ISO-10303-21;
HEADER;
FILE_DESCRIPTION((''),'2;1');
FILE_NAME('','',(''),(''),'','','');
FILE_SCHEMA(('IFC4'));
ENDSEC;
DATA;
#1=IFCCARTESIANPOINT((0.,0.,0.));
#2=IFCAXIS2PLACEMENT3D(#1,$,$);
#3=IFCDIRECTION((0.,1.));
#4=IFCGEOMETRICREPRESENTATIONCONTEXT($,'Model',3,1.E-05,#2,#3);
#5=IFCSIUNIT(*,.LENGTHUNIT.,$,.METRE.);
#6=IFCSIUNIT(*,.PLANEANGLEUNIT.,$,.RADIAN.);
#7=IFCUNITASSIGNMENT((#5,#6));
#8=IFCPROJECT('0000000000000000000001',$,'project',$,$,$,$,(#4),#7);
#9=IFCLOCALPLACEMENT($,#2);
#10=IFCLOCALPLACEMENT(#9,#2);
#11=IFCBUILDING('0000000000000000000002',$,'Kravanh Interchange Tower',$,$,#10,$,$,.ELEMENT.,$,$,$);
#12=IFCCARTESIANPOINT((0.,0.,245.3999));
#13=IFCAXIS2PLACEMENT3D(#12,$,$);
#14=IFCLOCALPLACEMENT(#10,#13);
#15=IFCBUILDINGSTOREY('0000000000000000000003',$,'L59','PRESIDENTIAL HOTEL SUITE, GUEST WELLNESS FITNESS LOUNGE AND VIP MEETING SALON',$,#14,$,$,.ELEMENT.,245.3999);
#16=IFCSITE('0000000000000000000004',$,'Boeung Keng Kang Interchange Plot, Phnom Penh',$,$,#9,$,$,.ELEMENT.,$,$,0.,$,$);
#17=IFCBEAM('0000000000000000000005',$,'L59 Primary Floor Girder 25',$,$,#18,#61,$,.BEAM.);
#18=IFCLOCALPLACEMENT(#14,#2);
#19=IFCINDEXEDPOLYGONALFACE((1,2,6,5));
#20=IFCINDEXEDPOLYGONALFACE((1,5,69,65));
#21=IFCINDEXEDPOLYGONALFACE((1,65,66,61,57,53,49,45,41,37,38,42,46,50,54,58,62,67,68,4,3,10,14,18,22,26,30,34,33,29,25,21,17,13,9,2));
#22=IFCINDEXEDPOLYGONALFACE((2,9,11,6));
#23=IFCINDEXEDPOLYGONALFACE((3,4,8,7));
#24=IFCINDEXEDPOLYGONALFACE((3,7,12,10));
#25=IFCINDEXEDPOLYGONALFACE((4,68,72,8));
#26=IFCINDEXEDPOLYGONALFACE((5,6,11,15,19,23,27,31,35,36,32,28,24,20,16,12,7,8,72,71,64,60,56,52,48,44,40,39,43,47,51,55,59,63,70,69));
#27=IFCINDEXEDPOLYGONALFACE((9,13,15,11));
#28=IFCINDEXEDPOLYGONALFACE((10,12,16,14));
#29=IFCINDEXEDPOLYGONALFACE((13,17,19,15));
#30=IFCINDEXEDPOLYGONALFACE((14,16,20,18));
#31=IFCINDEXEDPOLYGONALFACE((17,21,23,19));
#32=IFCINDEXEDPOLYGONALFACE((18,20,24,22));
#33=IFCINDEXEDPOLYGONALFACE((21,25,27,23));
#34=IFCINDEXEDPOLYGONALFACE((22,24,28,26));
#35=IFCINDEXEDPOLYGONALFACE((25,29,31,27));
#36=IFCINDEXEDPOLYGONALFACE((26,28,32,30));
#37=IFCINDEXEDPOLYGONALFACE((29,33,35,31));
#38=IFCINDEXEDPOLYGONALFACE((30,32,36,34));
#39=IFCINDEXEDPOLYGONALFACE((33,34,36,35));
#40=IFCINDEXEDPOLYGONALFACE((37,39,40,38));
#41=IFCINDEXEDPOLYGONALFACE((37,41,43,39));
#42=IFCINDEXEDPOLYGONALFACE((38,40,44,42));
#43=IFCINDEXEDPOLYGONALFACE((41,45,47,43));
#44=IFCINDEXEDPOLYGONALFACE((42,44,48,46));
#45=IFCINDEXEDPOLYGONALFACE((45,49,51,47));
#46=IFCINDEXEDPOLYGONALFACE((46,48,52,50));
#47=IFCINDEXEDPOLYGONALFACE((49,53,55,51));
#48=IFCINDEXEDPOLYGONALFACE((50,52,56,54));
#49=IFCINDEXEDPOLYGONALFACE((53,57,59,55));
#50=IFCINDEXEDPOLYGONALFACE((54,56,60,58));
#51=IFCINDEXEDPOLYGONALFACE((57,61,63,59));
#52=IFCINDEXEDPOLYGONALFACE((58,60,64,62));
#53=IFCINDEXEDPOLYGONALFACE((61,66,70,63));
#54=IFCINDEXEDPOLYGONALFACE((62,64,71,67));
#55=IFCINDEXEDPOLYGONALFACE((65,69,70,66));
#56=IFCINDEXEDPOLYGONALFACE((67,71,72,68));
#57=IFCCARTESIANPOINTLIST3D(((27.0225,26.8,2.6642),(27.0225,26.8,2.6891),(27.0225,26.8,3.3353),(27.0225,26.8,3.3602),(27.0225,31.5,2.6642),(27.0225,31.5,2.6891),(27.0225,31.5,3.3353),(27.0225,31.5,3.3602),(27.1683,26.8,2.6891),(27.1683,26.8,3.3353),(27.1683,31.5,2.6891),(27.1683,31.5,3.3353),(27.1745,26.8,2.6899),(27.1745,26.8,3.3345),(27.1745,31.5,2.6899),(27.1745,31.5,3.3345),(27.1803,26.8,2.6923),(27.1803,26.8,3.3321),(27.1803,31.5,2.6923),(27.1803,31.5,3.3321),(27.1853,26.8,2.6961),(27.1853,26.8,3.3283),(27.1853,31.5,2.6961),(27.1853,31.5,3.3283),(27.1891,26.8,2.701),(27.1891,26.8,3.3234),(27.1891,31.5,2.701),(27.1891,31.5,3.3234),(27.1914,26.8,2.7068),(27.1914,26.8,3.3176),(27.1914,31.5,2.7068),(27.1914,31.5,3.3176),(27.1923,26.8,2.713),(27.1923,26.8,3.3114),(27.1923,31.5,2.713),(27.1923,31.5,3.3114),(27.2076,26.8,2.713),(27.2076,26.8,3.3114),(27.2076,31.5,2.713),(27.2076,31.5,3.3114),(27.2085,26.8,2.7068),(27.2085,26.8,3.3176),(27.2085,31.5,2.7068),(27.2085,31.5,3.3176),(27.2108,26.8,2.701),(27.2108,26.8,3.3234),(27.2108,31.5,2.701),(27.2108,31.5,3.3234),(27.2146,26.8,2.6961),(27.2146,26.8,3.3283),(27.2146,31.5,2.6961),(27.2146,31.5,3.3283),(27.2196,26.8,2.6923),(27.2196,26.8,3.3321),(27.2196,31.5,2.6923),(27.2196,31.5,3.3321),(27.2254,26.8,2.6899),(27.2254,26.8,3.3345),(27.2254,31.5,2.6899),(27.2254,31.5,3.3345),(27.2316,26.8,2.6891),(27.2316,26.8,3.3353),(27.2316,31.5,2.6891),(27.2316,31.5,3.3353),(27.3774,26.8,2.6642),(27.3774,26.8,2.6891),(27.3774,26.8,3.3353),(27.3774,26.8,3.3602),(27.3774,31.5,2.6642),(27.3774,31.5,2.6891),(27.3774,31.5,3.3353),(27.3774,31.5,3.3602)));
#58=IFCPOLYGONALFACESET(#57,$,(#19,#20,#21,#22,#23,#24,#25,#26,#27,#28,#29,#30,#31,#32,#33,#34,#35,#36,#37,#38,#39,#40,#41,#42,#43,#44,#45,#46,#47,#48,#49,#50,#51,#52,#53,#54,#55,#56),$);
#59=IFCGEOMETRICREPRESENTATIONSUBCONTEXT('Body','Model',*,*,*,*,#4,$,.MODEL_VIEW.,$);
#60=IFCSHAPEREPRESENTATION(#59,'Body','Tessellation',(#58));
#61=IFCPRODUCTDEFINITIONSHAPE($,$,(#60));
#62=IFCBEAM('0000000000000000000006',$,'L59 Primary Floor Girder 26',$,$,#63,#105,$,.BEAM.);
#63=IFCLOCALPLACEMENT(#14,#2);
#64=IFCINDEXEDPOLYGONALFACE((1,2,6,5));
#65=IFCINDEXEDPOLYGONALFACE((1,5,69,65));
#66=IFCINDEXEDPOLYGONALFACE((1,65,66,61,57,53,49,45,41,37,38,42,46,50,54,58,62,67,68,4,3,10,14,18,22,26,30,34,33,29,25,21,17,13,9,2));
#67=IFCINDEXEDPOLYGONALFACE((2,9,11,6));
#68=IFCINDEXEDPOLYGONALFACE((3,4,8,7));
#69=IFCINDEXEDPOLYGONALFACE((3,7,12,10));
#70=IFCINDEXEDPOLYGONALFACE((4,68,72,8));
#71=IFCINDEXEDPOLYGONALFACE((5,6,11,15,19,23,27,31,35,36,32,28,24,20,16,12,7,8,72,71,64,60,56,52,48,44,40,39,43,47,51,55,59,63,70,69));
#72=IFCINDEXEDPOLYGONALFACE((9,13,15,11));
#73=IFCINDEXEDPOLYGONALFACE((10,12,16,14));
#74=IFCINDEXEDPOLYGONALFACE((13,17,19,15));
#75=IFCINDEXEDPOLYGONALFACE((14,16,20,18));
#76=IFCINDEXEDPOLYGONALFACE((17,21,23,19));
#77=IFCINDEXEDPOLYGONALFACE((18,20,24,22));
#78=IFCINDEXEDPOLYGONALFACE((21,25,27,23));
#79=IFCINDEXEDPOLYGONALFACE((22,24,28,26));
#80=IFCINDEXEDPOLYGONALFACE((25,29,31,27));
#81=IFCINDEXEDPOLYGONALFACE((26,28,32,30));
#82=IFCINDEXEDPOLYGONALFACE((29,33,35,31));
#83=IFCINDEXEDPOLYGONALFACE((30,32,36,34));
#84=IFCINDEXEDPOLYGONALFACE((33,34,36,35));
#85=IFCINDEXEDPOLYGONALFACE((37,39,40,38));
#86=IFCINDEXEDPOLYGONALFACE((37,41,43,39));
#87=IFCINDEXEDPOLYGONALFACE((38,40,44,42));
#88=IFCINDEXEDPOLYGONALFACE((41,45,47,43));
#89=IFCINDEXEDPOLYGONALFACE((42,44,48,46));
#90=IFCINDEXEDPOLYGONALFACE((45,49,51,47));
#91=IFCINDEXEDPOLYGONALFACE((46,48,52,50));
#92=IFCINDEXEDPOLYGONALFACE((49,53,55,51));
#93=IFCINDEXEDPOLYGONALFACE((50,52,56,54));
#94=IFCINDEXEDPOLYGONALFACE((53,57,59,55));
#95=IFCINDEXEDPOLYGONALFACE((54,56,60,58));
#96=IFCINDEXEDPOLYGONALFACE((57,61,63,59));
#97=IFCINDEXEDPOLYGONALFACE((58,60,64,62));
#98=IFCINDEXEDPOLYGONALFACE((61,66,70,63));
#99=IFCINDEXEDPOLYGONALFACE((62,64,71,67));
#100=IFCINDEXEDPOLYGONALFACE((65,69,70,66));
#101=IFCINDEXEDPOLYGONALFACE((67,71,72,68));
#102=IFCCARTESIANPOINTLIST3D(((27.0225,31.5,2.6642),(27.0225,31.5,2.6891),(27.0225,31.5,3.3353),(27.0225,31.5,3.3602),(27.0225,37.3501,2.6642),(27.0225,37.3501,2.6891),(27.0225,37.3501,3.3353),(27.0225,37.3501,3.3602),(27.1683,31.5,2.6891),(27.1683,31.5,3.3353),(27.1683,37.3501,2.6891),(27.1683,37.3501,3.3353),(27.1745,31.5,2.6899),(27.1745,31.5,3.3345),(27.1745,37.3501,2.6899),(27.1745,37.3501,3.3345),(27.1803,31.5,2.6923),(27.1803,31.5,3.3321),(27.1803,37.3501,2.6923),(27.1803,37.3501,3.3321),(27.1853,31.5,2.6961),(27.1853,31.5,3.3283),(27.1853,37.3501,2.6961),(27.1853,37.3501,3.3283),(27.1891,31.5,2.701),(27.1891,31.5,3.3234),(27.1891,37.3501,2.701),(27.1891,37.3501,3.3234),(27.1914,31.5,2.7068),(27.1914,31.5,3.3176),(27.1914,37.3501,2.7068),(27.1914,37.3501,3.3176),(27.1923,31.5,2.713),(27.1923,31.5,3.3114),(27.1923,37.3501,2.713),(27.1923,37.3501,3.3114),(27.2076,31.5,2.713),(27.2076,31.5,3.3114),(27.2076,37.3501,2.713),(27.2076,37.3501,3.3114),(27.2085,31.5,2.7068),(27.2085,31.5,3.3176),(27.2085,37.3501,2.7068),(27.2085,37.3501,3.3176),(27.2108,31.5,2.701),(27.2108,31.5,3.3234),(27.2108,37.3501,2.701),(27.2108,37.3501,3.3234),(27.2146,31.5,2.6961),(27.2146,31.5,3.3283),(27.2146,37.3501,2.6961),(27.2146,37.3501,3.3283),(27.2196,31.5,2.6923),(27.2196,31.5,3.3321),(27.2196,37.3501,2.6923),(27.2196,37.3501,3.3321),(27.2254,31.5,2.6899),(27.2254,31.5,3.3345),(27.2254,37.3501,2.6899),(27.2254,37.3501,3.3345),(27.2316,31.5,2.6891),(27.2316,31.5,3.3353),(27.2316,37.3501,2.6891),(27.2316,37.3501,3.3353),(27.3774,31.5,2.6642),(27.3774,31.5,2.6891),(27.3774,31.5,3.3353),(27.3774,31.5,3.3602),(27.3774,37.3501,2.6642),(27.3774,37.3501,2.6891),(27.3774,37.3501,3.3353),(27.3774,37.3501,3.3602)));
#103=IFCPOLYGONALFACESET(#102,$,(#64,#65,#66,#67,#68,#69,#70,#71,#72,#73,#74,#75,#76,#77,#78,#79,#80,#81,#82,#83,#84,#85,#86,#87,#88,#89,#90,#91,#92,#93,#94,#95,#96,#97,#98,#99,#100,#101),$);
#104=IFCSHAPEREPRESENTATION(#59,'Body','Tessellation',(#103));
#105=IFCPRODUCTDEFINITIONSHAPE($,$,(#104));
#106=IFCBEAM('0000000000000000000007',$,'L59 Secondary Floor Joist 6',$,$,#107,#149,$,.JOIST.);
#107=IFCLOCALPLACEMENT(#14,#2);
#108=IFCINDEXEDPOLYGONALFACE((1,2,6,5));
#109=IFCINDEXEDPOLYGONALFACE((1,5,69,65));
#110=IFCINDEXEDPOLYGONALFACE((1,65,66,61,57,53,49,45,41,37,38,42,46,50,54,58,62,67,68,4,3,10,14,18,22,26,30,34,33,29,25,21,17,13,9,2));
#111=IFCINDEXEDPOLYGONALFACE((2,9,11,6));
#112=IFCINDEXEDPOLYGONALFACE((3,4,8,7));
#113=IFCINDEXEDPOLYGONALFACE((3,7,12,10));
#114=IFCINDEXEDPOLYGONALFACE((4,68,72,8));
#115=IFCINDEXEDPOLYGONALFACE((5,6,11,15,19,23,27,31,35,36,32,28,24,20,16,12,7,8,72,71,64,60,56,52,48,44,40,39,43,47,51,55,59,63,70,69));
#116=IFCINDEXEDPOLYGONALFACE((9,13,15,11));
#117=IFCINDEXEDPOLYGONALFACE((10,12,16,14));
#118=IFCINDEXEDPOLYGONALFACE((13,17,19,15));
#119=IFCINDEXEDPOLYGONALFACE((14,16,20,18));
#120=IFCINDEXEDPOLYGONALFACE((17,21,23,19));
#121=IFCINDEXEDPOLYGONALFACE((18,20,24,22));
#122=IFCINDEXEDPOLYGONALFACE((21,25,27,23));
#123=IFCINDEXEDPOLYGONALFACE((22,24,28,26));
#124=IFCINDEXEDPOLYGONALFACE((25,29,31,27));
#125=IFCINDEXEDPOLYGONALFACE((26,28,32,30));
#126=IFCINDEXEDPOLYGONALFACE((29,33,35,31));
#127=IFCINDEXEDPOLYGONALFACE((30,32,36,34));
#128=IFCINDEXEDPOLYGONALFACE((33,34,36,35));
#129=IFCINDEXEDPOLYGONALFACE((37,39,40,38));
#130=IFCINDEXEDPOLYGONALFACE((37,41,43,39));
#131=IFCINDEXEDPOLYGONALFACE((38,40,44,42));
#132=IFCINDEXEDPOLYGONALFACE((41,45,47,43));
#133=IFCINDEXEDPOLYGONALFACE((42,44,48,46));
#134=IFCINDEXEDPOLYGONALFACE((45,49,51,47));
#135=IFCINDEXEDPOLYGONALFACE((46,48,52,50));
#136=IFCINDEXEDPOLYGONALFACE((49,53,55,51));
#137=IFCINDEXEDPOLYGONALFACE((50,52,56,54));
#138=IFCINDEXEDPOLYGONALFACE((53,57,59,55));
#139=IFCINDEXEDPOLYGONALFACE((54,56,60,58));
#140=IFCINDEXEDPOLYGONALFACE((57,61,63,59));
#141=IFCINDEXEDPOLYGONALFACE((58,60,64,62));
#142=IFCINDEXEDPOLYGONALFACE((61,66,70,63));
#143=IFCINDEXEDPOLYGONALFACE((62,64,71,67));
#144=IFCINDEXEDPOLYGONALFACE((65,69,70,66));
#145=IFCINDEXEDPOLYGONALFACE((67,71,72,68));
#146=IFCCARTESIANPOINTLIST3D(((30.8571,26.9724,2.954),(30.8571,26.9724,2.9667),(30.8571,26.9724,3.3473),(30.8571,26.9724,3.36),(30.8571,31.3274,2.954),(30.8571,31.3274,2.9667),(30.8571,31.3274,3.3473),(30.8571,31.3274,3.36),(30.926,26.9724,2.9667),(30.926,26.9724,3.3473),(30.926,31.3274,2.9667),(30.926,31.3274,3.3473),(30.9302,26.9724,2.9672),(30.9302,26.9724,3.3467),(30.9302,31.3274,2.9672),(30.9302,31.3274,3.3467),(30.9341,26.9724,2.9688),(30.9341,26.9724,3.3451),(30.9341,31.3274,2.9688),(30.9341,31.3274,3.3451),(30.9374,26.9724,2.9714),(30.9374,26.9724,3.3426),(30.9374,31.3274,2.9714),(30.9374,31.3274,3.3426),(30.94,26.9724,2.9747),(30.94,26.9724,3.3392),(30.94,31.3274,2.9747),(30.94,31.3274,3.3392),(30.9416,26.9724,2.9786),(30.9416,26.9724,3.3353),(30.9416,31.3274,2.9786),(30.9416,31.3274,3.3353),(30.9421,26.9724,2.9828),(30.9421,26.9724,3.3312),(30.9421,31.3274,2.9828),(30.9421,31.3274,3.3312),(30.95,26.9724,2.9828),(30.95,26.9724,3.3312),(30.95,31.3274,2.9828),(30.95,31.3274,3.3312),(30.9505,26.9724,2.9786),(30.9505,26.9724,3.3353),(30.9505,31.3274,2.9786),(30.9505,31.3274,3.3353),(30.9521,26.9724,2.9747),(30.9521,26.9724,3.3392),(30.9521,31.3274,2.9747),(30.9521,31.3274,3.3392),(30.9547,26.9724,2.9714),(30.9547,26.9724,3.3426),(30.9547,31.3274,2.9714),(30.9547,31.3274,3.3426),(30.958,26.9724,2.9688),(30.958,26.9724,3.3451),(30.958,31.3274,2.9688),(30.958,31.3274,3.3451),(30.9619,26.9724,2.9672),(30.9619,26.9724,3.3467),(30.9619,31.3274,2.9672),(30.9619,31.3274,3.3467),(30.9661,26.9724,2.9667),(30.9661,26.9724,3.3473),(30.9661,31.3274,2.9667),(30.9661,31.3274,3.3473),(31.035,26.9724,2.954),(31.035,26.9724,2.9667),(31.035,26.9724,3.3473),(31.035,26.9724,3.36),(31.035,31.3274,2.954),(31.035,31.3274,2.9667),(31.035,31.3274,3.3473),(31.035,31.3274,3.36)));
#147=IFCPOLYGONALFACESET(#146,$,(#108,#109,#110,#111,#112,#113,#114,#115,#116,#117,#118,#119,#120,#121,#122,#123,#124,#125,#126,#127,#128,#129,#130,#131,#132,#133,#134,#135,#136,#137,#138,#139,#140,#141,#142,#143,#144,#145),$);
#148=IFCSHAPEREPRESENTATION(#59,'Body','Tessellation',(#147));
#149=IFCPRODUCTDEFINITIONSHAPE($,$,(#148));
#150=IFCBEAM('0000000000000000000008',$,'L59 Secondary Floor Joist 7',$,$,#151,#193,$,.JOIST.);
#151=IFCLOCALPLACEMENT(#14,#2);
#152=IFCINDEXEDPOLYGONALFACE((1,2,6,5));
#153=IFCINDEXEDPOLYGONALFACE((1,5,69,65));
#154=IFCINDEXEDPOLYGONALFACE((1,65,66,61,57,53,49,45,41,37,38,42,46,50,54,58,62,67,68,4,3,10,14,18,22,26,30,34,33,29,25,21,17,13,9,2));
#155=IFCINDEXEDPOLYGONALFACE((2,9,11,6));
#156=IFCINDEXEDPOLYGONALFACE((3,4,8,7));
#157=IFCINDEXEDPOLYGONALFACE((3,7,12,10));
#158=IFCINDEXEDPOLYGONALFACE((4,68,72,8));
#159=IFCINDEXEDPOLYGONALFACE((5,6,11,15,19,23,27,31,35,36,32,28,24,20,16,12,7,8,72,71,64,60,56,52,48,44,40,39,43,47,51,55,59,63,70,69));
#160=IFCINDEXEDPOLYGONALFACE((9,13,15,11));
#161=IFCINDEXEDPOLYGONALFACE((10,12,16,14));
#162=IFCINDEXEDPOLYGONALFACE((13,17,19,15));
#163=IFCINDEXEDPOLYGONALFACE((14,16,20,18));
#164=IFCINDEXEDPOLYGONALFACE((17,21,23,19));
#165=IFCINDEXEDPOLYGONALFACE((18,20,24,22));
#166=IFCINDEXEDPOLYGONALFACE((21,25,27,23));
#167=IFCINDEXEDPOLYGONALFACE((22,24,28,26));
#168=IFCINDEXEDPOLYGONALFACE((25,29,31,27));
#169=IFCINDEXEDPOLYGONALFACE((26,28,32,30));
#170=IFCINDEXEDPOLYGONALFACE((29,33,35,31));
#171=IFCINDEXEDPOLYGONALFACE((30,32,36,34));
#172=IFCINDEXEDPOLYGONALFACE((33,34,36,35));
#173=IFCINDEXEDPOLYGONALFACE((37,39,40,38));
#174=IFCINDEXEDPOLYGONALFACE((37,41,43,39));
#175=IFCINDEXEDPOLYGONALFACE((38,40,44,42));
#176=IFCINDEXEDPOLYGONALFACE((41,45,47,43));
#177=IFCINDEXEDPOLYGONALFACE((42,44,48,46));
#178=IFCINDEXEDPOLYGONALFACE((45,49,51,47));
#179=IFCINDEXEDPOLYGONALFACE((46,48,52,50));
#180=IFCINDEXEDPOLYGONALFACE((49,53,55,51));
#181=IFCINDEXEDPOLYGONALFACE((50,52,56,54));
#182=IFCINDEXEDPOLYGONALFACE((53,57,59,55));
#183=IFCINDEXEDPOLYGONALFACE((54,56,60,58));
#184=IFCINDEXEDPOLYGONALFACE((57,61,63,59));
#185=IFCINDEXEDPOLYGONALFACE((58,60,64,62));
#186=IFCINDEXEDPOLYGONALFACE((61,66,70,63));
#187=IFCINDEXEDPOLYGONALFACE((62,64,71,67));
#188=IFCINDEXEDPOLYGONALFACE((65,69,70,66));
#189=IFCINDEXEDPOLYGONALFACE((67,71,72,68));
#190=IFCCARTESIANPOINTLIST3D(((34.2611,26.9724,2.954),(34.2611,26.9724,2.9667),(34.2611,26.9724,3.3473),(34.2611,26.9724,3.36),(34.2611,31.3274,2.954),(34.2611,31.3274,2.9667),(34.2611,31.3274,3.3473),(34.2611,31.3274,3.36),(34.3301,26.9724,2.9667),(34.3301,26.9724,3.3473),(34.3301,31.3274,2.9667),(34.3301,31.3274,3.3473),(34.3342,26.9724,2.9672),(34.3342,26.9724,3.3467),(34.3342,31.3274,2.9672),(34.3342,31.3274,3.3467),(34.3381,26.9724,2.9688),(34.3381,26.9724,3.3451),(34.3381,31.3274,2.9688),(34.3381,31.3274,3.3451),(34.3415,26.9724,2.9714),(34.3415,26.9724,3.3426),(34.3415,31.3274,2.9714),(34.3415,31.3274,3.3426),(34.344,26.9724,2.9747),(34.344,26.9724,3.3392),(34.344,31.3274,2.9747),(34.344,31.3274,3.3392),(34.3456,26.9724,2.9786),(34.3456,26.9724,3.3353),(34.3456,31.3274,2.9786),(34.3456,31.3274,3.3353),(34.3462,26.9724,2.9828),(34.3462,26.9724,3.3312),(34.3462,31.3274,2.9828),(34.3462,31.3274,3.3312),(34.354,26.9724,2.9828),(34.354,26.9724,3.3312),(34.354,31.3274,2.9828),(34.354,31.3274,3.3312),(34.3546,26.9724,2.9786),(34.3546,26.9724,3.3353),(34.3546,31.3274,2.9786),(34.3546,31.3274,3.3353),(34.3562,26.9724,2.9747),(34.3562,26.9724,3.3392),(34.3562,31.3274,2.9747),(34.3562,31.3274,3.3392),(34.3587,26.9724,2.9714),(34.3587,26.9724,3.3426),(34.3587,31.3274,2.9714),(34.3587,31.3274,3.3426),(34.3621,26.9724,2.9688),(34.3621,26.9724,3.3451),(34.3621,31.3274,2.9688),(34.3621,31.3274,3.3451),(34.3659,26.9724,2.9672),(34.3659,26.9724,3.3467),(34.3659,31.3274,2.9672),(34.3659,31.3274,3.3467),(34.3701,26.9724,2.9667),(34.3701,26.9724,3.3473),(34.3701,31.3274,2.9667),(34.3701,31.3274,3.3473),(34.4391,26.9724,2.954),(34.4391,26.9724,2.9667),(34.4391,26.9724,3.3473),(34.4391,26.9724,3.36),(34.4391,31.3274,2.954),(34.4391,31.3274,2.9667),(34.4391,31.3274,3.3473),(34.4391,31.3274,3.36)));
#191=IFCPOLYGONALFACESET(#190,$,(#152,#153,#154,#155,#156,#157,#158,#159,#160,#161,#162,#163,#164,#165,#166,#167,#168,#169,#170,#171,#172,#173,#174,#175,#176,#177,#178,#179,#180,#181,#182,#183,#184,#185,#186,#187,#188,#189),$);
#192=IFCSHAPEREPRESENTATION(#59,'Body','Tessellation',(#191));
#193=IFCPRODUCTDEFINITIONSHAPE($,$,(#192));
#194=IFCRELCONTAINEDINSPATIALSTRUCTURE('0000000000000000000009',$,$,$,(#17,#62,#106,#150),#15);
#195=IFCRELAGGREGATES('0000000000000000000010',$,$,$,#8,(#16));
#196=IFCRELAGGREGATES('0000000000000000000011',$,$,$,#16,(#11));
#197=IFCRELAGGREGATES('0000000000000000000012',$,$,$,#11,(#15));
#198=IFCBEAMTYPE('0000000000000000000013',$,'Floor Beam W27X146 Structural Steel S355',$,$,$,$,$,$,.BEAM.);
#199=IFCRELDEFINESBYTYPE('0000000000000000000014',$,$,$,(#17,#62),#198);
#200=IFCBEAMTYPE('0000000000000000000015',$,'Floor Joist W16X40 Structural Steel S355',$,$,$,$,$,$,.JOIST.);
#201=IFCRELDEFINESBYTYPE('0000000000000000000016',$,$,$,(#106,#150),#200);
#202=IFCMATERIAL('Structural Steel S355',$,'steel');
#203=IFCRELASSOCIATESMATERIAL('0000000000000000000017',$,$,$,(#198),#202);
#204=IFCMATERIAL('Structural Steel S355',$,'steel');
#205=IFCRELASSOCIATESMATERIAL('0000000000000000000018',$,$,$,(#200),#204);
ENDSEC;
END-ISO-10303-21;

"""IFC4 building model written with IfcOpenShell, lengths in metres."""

from ifc_helpers import new_model, si_unit, direction, frame, origin, origin_2d, place, context, subcontext, project, spatial, i_section, extrude, material, material_profile, profile_set, type_object, element, save


model = new_model("IFC4")

# Units and contexts
model_context = context("Model", 3, precision=1e-05, world=origin(), true_north=direction((0.0, 1.0)))
body_context = subcontext(model_context, "Body", "Model", "MODEL_VIEW")
ifc_project = project(units=[si_unit("LENGTHUNIT", "METRE"), si_unit("PLANEANGLEUNIT", "RADIAN")], contexts=[model_context])

# Site, building, storey
site_placement = place(None, origin())
site = spatial("IfcSite", under=ifc_project, at=site_placement, Name="Boeung Keng Kang Interchange Plot, Phnom Penh", CompositionType="ELEMENT", RefElevation=0.0)
building_placement = place(site_placement, origin())
building = spatial("IfcBuilding", under=site, at=building_placement, Name="Kravanh Interchange Tower", CompositionType="ELEMENT")
storey_placement = place(building_placement, frame((0.0, 0.0, 245.3999)))
storey = spatial("IfcBuildingStorey", under=building, at=storey_placement, Name="L59", Description="PRESIDENTIAL HOTEL SUITE, GUEST WELLNESS FITNESS LOUNGE AND VIP MEETING SALON", CompositionType="ELEMENT", Elevation=245.3999)

# Beams
ifc_material_1 = material(Name="Structural Steel S355", Category="steel")
ifc_material_profile_1 = material_profile(ifc_material_1, i_section(OverallWidth=0.355, OverallDepth=0.696, WebThickness=0.0154, FlangeThickness=0.0249, FilletRadius=0.0239, at=origin_2d()), Name="W27X146")
ifc_profile_set_1 = profile_set([ifc_material_profile_1], Name="Structural Steel S355")
beam_type_1 = type_object("IfcBeamType", Name="Floor Beam W27X146 Structural Steel S355", PredefinedType="BEAM", material=ifc_profile_set_1)
beam_1_placement = place(storey_placement, frame((27.2, 31.5, 3.0122), z_axis=(0.0, -1.0, 0.0), x_axis=(1.0, 0.0, 0.0)))
element("IfcBeam", 1, at=beam_1_placement, inside=storey, type_object=beam_type_1, Name="L59 Primary Floor Girder 25", PredefinedType="BEAM", context=body_context, shape_type="SweptSolid", body=[
    extrude(i_section(OverallWidth=0.355, OverallDepth=0.696, WebThickness=0.0154, FlangeThickness=0.0249, FilletRadius=0.0239, at=origin_2d()), origin(), (0.0, 0.0, 1.0), 4.7),
])
beam_2_placement = place(storey_placement, frame((27.2, 31.5, 3.0122), z_axis=(0.0, 1.0, 0.0), x_axis=(-1.0, 0.0, 0.0)))
element("IfcBeam", 2, at=beam_2_placement, inside=storey, type_object=beam_type_1, Name="L59 Primary Floor Girder 26", PredefinedType="BEAM", context=body_context, shape_type="SweptSolid", body=[
    extrude(i_section(OverallWidth=0.355, OverallDepth=0.696, WebThickness=0.0154, FlangeThickness=0.0249, FilletRadius=0.0239, at=origin_2d()), origin(), (0.0, 0.0, 1.0), 5.8501),
])
ifc_material_2 = material(Name="Structural Steel S355", Category="steel")
ifc_material_profile_2 = material_profile(ifc_material_2, i_section(OverallWidth=0.178, OverallDepth=0.406, WebThickness=0.0078, FlangeThickness=0.0127, FilletRadius=0.0161, at=origin_2d()), Name="W16X40")
ifc_profile_set_2 = profile_set([ifc_material_profile_2], Name="Structural Steel S355")
beam_type_2 = type_object("IfcBeamType", Name="Floor Joist W16X40 Structural Steel S355", PredefinedType="JOIST", material=ifc_profile_set_2)
for number, where, z_axis, x_axis, name in (
    (3, (30.946, 26.9724, 3.157), (0.0, 1.0, 0.0), (-1.0, 0.0, 0.0), "L59 Secondary Floor Joist 6"),
    (4, (34.3501, 26.9724, 3.157), (0.0, 1.0, 0.0), (-1.0, 0.0, 0.0), "L59 Secondary Floor Joist 7"),
):
    element("IfcBeam", number, at=place(storey_placement, frame(where, z_axis=z_axis, x_axis=x_axis)), inside=storey, type_object=beam_type_2, Name=name, PredefinedType="JOIST", context=body_context, shape_type="SweptSolid", body=[
        extrude(i_section(OverallWidth=0.178, OverallDepth=0.406, WebThickness=0.0078, FlangeThickness=0.0127, FilletRadius=0.0161, at=origin_2d()), origin(), (0.0, 0.0, 1.0), 4.355),
    ])

save(model, "model.ifc")
